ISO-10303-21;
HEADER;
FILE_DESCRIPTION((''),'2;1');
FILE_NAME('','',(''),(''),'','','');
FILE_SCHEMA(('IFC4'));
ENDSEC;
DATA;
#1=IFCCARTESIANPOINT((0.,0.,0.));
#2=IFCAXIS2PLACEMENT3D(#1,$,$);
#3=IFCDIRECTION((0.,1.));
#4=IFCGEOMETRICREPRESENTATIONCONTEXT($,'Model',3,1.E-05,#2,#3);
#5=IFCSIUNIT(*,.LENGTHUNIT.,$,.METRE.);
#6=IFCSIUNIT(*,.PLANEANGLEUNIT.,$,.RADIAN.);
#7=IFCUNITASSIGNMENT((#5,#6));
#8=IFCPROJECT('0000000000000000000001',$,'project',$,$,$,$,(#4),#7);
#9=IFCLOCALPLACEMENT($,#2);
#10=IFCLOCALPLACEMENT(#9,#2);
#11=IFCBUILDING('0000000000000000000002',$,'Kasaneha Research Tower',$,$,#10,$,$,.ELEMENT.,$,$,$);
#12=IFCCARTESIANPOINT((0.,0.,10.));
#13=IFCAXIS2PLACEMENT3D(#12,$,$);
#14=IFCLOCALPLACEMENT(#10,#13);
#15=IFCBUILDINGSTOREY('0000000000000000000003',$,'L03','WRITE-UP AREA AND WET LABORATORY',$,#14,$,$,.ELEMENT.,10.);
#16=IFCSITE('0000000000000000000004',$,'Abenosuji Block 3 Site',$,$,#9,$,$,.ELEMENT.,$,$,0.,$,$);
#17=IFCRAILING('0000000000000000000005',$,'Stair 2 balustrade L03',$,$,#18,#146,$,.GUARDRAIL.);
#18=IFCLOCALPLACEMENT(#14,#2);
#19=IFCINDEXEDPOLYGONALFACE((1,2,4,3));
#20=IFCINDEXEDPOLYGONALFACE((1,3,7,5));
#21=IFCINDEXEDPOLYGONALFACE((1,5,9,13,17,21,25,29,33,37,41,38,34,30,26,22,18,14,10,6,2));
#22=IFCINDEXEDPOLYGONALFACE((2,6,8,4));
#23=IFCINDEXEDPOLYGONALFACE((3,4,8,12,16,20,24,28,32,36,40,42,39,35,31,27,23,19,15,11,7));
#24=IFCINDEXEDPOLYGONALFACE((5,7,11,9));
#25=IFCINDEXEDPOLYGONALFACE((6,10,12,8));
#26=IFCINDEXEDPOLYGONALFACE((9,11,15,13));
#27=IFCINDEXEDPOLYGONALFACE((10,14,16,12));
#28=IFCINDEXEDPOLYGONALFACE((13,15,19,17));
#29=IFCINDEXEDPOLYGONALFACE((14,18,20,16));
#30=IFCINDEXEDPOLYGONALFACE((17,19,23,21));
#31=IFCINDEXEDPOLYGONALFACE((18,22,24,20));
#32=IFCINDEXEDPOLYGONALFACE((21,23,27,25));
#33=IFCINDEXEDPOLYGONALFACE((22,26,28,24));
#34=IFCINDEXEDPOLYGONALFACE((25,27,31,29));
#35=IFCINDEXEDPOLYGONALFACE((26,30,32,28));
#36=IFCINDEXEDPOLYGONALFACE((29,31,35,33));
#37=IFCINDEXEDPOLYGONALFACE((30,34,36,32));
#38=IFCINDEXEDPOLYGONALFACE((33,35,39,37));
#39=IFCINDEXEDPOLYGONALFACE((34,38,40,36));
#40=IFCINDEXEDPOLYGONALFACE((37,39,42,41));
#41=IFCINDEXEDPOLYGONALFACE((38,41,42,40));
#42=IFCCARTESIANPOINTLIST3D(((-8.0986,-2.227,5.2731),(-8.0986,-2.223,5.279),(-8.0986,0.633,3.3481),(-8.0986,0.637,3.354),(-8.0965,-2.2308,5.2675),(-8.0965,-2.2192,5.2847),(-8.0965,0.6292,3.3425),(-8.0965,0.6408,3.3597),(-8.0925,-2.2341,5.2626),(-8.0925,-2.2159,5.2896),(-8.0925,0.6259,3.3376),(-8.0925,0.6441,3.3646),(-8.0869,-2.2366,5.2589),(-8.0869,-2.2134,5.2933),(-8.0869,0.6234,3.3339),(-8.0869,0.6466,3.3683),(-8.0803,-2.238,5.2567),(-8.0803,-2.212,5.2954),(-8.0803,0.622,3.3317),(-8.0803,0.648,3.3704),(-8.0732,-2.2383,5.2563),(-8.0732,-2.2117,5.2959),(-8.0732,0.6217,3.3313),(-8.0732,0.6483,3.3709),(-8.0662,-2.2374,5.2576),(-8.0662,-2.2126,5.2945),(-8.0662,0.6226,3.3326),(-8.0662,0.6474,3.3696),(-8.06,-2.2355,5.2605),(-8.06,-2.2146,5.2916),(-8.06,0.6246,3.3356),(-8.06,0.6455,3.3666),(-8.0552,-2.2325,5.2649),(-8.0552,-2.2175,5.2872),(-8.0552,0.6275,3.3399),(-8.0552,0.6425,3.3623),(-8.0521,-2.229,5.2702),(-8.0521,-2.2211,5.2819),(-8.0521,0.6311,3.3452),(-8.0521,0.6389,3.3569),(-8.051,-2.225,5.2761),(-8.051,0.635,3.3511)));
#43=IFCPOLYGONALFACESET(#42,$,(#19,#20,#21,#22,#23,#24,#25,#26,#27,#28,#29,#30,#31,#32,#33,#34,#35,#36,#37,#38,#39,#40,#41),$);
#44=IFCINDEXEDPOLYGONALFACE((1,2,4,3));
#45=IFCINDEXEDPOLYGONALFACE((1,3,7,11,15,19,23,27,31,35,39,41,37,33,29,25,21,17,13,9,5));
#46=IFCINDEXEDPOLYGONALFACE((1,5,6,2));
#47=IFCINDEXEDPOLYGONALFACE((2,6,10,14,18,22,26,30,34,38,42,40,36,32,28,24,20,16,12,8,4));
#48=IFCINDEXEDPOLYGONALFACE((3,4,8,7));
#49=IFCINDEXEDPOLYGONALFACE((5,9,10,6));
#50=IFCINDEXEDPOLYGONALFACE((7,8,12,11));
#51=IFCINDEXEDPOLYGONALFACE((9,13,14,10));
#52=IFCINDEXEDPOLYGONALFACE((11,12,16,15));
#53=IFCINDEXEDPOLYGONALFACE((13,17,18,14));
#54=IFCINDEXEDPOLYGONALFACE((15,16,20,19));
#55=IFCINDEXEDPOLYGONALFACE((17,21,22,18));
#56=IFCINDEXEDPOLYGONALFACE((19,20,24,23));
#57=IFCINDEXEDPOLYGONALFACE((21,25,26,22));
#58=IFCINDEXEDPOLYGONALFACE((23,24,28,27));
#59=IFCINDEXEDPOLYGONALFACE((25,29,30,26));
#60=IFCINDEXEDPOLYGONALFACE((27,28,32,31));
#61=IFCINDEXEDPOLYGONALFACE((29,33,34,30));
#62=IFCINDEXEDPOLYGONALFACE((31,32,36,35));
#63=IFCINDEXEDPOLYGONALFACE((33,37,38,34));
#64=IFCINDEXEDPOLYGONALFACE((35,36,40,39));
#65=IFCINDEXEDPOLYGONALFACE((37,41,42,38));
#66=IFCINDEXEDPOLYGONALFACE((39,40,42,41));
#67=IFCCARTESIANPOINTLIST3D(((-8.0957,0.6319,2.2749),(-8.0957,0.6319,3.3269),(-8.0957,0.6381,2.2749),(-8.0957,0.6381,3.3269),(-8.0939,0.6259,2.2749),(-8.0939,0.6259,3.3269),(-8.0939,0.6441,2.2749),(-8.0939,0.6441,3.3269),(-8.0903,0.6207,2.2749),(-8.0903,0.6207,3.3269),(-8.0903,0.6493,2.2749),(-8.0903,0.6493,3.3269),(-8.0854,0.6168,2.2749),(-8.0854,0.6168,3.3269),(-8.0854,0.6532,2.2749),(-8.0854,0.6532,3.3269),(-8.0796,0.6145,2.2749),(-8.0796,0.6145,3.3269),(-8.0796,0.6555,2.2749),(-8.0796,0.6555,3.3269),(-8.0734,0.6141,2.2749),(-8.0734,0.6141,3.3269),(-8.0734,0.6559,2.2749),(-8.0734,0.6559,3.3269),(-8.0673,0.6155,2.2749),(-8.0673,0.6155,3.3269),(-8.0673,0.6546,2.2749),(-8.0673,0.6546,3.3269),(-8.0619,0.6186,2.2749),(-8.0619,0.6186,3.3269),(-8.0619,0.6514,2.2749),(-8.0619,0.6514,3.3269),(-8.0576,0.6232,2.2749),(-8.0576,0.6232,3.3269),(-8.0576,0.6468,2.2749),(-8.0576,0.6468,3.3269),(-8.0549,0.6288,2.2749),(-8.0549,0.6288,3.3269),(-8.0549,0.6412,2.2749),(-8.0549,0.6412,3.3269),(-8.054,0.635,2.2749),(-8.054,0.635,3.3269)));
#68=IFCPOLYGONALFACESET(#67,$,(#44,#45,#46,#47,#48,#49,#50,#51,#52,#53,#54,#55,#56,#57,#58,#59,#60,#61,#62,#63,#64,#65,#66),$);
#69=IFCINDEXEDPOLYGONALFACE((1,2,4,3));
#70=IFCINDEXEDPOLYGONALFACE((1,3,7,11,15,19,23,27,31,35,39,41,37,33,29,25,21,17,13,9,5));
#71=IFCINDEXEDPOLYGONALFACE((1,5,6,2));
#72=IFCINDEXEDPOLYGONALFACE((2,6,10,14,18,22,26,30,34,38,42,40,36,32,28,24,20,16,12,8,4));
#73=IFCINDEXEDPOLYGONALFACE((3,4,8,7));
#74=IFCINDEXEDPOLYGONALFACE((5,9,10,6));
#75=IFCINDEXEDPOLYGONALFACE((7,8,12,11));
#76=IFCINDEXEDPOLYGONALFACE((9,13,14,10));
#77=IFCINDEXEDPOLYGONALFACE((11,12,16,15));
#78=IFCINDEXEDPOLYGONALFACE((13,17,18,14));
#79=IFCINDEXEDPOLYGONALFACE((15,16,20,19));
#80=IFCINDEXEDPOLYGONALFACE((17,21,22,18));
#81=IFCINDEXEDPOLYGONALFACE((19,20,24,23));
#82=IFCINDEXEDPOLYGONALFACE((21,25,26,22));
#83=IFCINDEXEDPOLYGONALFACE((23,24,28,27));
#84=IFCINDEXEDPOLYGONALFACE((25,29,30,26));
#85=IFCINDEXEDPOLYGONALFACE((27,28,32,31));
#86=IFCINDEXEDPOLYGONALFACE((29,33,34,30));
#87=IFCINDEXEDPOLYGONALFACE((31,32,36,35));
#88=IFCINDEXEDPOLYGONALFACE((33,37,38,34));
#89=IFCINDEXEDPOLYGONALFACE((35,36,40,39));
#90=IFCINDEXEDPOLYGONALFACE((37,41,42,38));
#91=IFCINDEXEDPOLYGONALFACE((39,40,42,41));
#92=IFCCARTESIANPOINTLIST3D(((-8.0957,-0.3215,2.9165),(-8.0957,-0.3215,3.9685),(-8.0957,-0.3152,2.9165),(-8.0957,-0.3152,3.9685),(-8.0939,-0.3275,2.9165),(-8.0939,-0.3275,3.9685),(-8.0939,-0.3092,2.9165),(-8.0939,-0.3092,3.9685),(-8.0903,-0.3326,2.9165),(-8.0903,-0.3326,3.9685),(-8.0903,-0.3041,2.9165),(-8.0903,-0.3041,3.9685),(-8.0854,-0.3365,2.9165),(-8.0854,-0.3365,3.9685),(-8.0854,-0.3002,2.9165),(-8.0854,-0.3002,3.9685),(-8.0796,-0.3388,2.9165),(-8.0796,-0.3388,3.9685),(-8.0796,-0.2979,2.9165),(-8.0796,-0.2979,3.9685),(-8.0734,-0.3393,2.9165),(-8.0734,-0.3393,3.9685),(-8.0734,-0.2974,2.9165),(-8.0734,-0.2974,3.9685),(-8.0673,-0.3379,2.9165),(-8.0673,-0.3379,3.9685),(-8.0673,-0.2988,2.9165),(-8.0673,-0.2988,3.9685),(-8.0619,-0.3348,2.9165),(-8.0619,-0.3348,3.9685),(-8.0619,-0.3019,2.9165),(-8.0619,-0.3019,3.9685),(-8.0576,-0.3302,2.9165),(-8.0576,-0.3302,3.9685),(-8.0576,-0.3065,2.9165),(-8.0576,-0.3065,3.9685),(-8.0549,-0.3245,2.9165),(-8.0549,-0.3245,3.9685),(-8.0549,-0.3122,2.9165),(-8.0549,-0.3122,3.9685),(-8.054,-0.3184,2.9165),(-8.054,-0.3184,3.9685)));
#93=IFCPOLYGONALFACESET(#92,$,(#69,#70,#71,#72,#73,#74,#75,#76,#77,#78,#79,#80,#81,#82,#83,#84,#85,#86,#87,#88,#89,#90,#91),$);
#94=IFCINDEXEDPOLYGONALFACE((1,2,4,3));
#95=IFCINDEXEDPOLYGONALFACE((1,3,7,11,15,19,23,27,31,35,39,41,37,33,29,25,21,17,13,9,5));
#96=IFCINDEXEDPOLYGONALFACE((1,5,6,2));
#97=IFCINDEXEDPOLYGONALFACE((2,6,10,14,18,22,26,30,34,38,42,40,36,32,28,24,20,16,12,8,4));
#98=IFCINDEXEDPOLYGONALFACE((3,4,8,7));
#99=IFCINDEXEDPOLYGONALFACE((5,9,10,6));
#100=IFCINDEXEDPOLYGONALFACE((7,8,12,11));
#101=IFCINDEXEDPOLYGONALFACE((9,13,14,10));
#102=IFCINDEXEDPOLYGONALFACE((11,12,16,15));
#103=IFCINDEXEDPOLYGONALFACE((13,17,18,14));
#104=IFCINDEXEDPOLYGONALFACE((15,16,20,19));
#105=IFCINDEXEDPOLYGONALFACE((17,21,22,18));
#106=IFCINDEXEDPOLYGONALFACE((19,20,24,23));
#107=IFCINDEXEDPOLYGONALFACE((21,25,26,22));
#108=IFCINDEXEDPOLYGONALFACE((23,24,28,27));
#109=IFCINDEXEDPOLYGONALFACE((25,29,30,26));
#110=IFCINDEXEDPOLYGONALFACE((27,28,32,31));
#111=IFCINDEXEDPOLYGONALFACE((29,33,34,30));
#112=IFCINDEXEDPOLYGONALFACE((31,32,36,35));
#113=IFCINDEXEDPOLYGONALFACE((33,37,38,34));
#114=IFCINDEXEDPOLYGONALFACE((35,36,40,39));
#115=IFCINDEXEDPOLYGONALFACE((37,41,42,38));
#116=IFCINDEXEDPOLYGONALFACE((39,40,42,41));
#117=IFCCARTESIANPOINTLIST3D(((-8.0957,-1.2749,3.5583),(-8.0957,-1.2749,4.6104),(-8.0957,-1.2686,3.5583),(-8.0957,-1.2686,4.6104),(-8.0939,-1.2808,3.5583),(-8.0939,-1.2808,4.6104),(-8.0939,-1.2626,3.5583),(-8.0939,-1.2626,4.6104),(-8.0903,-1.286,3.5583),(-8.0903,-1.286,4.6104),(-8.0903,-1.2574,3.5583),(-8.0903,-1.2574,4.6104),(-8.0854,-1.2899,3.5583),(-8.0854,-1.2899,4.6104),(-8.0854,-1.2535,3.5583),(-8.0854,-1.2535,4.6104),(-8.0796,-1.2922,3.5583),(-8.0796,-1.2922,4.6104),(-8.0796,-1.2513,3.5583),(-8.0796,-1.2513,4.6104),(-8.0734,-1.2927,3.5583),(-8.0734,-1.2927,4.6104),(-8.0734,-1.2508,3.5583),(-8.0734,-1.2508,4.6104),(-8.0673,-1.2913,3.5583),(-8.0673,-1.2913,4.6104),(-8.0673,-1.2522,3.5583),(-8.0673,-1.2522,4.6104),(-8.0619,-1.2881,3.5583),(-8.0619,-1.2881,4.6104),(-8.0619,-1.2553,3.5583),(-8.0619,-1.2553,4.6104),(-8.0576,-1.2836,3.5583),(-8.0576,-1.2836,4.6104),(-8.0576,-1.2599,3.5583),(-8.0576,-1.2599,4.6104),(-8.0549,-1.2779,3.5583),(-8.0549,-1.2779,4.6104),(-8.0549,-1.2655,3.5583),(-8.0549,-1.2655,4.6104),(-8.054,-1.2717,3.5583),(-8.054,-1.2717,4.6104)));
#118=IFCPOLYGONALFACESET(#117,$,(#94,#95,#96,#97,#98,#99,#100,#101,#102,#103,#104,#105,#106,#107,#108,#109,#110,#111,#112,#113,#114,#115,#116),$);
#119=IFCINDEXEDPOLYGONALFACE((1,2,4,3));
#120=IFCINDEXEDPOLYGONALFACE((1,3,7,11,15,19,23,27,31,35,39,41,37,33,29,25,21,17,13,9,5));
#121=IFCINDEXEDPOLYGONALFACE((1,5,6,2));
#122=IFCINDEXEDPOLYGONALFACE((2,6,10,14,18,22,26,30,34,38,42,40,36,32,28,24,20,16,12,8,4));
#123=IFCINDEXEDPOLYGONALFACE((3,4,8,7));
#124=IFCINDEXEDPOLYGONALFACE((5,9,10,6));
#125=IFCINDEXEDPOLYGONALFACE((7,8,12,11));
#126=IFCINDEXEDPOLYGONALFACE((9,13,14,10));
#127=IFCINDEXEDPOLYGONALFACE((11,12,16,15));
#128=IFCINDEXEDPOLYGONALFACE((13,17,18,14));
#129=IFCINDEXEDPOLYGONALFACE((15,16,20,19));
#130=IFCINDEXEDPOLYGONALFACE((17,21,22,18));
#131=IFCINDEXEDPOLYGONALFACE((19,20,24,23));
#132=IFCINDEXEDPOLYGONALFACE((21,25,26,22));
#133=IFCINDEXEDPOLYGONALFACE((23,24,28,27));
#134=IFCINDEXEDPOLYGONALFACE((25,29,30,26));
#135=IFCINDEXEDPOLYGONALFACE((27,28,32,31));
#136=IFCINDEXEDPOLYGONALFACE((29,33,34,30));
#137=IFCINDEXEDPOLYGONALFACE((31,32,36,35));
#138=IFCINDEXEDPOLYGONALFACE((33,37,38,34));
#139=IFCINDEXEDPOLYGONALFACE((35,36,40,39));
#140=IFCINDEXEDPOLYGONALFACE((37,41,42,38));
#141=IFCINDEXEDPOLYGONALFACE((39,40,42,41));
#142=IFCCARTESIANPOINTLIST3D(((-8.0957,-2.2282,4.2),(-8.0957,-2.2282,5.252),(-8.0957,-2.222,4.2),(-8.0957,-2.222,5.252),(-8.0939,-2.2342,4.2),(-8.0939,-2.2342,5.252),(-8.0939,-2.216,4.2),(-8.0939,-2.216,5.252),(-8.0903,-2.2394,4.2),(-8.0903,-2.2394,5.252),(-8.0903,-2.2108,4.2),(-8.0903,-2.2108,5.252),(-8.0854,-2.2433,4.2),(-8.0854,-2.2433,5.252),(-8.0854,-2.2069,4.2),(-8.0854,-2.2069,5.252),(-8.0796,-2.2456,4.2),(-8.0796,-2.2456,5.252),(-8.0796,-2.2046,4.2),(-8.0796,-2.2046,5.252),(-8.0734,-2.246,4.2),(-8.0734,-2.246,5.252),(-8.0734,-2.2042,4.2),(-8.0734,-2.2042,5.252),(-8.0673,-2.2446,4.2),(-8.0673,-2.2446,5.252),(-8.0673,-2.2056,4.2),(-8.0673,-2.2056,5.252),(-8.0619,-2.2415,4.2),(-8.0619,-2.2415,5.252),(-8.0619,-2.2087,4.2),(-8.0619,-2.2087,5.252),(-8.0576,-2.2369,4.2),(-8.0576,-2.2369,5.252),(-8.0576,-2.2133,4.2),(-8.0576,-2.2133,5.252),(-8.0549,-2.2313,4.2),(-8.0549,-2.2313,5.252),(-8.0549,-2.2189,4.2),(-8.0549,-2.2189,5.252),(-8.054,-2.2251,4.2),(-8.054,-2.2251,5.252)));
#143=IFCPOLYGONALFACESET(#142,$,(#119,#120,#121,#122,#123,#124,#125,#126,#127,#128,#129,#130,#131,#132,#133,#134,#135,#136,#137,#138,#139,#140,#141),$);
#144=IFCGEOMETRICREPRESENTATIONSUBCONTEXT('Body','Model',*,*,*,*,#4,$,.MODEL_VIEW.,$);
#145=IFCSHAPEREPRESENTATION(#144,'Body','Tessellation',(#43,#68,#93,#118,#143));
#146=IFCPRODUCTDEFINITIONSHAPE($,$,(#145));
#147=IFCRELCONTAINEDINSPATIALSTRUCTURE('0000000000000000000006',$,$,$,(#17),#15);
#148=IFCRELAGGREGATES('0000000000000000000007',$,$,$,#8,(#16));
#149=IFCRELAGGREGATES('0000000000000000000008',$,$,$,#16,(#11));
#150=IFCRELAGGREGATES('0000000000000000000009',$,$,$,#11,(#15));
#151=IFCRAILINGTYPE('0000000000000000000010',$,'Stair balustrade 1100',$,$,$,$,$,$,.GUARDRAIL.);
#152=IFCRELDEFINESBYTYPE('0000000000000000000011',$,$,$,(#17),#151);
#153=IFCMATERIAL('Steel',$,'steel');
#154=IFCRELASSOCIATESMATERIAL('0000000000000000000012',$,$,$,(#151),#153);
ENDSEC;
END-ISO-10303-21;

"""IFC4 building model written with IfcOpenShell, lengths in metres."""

from ifc_helpers import new_model, si_unit, direction, frame, origin, origin_2d, place, context, subcontext, project, spatial, circle, extrude, material, type_object, element, save


model = new_model("IFC4")

# Units and contexts
model_context = context("Model", 3, precision=1e-05, world=origin(), true_north=direction((0.0, 1.0)))
body_context = subcontext(model_context, "Body", "Model", "MODEL_VIEW")
ifc_project = project(units=[si_unit("LENGTHUNIT", "METRE"), si_unit("PLANEANGLEUNIT", "RADIAN")], contexts=[model_context])

# Site, building, storey
site_placement = place(None, origin())
site = spatial("IfcSite", under=ifc_project, at=site_placement, Name="Abenosuji Block 3 Site", CompositionType="ELEMENT", RefElevation=0.0)
building_placement = place(site_placement, origin())
building = spatial("IfcBuilding", under=site, at=building_placement, Name="Kasaneha Research Tower", CompositionType="ELEMENT")
storey_placement = place(building_placement, frame((0.0, 0.0, 10.0)))
storey = spatial("IfcBuildingStorey", under=building, at=storey_placement, Name="L03", Description="WRITE-UP AREA AND WET LABORATORY", CompositionType="ELEMENT", Elevation=10.0)

# Railing
ifc_material_1 = material(Name="Steel", Category="steel")
railing_type_1 = type_object("IfcRailingType", Name="Stair balustrade 1100", PredefinedType="GUARDRAIL", material=ifc_material_1)
railing_1_placement = place(storey_placement, frame((-8.075, 0.635, 2.2749)))
element("IfcRailing", 1, at=railing_1_placement, inside=storey, type_object=railing_type_1, Name="Stair 2 balustrade L03", PredefinedType="GUARDRAIL", context=body_context, shape_type="SweptSolid", body=[
    extrude(circle(Radius=0.0239, at=origin_2d()), frame((0.0, 0.0, 1.0762), z_axis=(0.0, -0.829591, 0.558372), x_axis=(1.0, 0.0, 0.0)), (0.0, 0.0, 1.0), 3.4475),
    extrude(circle(Radius=0.021, at=origin_2d()), origin(), (0.0, 0.0, 1.0), 1.052),
    extrude(circle(Radius=0.021, at=origin_2d()), frame((0.0, -0.9534, 0.6416)), (0.0, 0.0, 1.0), 1.052),
    extrude(circle(Radius=0.021, at=origin_2d()), frame((0.0, -1.9067, 1.2834)), (0.0, 0.0, 1.0), 1.052),
    extrude(circle(Radius=0.021, at=origin_2d()), frame((0.0, -2.8601, 1.925)), (0.0, 0.0, 1.0), 1.052),
])

save(model, "model.ifc")
